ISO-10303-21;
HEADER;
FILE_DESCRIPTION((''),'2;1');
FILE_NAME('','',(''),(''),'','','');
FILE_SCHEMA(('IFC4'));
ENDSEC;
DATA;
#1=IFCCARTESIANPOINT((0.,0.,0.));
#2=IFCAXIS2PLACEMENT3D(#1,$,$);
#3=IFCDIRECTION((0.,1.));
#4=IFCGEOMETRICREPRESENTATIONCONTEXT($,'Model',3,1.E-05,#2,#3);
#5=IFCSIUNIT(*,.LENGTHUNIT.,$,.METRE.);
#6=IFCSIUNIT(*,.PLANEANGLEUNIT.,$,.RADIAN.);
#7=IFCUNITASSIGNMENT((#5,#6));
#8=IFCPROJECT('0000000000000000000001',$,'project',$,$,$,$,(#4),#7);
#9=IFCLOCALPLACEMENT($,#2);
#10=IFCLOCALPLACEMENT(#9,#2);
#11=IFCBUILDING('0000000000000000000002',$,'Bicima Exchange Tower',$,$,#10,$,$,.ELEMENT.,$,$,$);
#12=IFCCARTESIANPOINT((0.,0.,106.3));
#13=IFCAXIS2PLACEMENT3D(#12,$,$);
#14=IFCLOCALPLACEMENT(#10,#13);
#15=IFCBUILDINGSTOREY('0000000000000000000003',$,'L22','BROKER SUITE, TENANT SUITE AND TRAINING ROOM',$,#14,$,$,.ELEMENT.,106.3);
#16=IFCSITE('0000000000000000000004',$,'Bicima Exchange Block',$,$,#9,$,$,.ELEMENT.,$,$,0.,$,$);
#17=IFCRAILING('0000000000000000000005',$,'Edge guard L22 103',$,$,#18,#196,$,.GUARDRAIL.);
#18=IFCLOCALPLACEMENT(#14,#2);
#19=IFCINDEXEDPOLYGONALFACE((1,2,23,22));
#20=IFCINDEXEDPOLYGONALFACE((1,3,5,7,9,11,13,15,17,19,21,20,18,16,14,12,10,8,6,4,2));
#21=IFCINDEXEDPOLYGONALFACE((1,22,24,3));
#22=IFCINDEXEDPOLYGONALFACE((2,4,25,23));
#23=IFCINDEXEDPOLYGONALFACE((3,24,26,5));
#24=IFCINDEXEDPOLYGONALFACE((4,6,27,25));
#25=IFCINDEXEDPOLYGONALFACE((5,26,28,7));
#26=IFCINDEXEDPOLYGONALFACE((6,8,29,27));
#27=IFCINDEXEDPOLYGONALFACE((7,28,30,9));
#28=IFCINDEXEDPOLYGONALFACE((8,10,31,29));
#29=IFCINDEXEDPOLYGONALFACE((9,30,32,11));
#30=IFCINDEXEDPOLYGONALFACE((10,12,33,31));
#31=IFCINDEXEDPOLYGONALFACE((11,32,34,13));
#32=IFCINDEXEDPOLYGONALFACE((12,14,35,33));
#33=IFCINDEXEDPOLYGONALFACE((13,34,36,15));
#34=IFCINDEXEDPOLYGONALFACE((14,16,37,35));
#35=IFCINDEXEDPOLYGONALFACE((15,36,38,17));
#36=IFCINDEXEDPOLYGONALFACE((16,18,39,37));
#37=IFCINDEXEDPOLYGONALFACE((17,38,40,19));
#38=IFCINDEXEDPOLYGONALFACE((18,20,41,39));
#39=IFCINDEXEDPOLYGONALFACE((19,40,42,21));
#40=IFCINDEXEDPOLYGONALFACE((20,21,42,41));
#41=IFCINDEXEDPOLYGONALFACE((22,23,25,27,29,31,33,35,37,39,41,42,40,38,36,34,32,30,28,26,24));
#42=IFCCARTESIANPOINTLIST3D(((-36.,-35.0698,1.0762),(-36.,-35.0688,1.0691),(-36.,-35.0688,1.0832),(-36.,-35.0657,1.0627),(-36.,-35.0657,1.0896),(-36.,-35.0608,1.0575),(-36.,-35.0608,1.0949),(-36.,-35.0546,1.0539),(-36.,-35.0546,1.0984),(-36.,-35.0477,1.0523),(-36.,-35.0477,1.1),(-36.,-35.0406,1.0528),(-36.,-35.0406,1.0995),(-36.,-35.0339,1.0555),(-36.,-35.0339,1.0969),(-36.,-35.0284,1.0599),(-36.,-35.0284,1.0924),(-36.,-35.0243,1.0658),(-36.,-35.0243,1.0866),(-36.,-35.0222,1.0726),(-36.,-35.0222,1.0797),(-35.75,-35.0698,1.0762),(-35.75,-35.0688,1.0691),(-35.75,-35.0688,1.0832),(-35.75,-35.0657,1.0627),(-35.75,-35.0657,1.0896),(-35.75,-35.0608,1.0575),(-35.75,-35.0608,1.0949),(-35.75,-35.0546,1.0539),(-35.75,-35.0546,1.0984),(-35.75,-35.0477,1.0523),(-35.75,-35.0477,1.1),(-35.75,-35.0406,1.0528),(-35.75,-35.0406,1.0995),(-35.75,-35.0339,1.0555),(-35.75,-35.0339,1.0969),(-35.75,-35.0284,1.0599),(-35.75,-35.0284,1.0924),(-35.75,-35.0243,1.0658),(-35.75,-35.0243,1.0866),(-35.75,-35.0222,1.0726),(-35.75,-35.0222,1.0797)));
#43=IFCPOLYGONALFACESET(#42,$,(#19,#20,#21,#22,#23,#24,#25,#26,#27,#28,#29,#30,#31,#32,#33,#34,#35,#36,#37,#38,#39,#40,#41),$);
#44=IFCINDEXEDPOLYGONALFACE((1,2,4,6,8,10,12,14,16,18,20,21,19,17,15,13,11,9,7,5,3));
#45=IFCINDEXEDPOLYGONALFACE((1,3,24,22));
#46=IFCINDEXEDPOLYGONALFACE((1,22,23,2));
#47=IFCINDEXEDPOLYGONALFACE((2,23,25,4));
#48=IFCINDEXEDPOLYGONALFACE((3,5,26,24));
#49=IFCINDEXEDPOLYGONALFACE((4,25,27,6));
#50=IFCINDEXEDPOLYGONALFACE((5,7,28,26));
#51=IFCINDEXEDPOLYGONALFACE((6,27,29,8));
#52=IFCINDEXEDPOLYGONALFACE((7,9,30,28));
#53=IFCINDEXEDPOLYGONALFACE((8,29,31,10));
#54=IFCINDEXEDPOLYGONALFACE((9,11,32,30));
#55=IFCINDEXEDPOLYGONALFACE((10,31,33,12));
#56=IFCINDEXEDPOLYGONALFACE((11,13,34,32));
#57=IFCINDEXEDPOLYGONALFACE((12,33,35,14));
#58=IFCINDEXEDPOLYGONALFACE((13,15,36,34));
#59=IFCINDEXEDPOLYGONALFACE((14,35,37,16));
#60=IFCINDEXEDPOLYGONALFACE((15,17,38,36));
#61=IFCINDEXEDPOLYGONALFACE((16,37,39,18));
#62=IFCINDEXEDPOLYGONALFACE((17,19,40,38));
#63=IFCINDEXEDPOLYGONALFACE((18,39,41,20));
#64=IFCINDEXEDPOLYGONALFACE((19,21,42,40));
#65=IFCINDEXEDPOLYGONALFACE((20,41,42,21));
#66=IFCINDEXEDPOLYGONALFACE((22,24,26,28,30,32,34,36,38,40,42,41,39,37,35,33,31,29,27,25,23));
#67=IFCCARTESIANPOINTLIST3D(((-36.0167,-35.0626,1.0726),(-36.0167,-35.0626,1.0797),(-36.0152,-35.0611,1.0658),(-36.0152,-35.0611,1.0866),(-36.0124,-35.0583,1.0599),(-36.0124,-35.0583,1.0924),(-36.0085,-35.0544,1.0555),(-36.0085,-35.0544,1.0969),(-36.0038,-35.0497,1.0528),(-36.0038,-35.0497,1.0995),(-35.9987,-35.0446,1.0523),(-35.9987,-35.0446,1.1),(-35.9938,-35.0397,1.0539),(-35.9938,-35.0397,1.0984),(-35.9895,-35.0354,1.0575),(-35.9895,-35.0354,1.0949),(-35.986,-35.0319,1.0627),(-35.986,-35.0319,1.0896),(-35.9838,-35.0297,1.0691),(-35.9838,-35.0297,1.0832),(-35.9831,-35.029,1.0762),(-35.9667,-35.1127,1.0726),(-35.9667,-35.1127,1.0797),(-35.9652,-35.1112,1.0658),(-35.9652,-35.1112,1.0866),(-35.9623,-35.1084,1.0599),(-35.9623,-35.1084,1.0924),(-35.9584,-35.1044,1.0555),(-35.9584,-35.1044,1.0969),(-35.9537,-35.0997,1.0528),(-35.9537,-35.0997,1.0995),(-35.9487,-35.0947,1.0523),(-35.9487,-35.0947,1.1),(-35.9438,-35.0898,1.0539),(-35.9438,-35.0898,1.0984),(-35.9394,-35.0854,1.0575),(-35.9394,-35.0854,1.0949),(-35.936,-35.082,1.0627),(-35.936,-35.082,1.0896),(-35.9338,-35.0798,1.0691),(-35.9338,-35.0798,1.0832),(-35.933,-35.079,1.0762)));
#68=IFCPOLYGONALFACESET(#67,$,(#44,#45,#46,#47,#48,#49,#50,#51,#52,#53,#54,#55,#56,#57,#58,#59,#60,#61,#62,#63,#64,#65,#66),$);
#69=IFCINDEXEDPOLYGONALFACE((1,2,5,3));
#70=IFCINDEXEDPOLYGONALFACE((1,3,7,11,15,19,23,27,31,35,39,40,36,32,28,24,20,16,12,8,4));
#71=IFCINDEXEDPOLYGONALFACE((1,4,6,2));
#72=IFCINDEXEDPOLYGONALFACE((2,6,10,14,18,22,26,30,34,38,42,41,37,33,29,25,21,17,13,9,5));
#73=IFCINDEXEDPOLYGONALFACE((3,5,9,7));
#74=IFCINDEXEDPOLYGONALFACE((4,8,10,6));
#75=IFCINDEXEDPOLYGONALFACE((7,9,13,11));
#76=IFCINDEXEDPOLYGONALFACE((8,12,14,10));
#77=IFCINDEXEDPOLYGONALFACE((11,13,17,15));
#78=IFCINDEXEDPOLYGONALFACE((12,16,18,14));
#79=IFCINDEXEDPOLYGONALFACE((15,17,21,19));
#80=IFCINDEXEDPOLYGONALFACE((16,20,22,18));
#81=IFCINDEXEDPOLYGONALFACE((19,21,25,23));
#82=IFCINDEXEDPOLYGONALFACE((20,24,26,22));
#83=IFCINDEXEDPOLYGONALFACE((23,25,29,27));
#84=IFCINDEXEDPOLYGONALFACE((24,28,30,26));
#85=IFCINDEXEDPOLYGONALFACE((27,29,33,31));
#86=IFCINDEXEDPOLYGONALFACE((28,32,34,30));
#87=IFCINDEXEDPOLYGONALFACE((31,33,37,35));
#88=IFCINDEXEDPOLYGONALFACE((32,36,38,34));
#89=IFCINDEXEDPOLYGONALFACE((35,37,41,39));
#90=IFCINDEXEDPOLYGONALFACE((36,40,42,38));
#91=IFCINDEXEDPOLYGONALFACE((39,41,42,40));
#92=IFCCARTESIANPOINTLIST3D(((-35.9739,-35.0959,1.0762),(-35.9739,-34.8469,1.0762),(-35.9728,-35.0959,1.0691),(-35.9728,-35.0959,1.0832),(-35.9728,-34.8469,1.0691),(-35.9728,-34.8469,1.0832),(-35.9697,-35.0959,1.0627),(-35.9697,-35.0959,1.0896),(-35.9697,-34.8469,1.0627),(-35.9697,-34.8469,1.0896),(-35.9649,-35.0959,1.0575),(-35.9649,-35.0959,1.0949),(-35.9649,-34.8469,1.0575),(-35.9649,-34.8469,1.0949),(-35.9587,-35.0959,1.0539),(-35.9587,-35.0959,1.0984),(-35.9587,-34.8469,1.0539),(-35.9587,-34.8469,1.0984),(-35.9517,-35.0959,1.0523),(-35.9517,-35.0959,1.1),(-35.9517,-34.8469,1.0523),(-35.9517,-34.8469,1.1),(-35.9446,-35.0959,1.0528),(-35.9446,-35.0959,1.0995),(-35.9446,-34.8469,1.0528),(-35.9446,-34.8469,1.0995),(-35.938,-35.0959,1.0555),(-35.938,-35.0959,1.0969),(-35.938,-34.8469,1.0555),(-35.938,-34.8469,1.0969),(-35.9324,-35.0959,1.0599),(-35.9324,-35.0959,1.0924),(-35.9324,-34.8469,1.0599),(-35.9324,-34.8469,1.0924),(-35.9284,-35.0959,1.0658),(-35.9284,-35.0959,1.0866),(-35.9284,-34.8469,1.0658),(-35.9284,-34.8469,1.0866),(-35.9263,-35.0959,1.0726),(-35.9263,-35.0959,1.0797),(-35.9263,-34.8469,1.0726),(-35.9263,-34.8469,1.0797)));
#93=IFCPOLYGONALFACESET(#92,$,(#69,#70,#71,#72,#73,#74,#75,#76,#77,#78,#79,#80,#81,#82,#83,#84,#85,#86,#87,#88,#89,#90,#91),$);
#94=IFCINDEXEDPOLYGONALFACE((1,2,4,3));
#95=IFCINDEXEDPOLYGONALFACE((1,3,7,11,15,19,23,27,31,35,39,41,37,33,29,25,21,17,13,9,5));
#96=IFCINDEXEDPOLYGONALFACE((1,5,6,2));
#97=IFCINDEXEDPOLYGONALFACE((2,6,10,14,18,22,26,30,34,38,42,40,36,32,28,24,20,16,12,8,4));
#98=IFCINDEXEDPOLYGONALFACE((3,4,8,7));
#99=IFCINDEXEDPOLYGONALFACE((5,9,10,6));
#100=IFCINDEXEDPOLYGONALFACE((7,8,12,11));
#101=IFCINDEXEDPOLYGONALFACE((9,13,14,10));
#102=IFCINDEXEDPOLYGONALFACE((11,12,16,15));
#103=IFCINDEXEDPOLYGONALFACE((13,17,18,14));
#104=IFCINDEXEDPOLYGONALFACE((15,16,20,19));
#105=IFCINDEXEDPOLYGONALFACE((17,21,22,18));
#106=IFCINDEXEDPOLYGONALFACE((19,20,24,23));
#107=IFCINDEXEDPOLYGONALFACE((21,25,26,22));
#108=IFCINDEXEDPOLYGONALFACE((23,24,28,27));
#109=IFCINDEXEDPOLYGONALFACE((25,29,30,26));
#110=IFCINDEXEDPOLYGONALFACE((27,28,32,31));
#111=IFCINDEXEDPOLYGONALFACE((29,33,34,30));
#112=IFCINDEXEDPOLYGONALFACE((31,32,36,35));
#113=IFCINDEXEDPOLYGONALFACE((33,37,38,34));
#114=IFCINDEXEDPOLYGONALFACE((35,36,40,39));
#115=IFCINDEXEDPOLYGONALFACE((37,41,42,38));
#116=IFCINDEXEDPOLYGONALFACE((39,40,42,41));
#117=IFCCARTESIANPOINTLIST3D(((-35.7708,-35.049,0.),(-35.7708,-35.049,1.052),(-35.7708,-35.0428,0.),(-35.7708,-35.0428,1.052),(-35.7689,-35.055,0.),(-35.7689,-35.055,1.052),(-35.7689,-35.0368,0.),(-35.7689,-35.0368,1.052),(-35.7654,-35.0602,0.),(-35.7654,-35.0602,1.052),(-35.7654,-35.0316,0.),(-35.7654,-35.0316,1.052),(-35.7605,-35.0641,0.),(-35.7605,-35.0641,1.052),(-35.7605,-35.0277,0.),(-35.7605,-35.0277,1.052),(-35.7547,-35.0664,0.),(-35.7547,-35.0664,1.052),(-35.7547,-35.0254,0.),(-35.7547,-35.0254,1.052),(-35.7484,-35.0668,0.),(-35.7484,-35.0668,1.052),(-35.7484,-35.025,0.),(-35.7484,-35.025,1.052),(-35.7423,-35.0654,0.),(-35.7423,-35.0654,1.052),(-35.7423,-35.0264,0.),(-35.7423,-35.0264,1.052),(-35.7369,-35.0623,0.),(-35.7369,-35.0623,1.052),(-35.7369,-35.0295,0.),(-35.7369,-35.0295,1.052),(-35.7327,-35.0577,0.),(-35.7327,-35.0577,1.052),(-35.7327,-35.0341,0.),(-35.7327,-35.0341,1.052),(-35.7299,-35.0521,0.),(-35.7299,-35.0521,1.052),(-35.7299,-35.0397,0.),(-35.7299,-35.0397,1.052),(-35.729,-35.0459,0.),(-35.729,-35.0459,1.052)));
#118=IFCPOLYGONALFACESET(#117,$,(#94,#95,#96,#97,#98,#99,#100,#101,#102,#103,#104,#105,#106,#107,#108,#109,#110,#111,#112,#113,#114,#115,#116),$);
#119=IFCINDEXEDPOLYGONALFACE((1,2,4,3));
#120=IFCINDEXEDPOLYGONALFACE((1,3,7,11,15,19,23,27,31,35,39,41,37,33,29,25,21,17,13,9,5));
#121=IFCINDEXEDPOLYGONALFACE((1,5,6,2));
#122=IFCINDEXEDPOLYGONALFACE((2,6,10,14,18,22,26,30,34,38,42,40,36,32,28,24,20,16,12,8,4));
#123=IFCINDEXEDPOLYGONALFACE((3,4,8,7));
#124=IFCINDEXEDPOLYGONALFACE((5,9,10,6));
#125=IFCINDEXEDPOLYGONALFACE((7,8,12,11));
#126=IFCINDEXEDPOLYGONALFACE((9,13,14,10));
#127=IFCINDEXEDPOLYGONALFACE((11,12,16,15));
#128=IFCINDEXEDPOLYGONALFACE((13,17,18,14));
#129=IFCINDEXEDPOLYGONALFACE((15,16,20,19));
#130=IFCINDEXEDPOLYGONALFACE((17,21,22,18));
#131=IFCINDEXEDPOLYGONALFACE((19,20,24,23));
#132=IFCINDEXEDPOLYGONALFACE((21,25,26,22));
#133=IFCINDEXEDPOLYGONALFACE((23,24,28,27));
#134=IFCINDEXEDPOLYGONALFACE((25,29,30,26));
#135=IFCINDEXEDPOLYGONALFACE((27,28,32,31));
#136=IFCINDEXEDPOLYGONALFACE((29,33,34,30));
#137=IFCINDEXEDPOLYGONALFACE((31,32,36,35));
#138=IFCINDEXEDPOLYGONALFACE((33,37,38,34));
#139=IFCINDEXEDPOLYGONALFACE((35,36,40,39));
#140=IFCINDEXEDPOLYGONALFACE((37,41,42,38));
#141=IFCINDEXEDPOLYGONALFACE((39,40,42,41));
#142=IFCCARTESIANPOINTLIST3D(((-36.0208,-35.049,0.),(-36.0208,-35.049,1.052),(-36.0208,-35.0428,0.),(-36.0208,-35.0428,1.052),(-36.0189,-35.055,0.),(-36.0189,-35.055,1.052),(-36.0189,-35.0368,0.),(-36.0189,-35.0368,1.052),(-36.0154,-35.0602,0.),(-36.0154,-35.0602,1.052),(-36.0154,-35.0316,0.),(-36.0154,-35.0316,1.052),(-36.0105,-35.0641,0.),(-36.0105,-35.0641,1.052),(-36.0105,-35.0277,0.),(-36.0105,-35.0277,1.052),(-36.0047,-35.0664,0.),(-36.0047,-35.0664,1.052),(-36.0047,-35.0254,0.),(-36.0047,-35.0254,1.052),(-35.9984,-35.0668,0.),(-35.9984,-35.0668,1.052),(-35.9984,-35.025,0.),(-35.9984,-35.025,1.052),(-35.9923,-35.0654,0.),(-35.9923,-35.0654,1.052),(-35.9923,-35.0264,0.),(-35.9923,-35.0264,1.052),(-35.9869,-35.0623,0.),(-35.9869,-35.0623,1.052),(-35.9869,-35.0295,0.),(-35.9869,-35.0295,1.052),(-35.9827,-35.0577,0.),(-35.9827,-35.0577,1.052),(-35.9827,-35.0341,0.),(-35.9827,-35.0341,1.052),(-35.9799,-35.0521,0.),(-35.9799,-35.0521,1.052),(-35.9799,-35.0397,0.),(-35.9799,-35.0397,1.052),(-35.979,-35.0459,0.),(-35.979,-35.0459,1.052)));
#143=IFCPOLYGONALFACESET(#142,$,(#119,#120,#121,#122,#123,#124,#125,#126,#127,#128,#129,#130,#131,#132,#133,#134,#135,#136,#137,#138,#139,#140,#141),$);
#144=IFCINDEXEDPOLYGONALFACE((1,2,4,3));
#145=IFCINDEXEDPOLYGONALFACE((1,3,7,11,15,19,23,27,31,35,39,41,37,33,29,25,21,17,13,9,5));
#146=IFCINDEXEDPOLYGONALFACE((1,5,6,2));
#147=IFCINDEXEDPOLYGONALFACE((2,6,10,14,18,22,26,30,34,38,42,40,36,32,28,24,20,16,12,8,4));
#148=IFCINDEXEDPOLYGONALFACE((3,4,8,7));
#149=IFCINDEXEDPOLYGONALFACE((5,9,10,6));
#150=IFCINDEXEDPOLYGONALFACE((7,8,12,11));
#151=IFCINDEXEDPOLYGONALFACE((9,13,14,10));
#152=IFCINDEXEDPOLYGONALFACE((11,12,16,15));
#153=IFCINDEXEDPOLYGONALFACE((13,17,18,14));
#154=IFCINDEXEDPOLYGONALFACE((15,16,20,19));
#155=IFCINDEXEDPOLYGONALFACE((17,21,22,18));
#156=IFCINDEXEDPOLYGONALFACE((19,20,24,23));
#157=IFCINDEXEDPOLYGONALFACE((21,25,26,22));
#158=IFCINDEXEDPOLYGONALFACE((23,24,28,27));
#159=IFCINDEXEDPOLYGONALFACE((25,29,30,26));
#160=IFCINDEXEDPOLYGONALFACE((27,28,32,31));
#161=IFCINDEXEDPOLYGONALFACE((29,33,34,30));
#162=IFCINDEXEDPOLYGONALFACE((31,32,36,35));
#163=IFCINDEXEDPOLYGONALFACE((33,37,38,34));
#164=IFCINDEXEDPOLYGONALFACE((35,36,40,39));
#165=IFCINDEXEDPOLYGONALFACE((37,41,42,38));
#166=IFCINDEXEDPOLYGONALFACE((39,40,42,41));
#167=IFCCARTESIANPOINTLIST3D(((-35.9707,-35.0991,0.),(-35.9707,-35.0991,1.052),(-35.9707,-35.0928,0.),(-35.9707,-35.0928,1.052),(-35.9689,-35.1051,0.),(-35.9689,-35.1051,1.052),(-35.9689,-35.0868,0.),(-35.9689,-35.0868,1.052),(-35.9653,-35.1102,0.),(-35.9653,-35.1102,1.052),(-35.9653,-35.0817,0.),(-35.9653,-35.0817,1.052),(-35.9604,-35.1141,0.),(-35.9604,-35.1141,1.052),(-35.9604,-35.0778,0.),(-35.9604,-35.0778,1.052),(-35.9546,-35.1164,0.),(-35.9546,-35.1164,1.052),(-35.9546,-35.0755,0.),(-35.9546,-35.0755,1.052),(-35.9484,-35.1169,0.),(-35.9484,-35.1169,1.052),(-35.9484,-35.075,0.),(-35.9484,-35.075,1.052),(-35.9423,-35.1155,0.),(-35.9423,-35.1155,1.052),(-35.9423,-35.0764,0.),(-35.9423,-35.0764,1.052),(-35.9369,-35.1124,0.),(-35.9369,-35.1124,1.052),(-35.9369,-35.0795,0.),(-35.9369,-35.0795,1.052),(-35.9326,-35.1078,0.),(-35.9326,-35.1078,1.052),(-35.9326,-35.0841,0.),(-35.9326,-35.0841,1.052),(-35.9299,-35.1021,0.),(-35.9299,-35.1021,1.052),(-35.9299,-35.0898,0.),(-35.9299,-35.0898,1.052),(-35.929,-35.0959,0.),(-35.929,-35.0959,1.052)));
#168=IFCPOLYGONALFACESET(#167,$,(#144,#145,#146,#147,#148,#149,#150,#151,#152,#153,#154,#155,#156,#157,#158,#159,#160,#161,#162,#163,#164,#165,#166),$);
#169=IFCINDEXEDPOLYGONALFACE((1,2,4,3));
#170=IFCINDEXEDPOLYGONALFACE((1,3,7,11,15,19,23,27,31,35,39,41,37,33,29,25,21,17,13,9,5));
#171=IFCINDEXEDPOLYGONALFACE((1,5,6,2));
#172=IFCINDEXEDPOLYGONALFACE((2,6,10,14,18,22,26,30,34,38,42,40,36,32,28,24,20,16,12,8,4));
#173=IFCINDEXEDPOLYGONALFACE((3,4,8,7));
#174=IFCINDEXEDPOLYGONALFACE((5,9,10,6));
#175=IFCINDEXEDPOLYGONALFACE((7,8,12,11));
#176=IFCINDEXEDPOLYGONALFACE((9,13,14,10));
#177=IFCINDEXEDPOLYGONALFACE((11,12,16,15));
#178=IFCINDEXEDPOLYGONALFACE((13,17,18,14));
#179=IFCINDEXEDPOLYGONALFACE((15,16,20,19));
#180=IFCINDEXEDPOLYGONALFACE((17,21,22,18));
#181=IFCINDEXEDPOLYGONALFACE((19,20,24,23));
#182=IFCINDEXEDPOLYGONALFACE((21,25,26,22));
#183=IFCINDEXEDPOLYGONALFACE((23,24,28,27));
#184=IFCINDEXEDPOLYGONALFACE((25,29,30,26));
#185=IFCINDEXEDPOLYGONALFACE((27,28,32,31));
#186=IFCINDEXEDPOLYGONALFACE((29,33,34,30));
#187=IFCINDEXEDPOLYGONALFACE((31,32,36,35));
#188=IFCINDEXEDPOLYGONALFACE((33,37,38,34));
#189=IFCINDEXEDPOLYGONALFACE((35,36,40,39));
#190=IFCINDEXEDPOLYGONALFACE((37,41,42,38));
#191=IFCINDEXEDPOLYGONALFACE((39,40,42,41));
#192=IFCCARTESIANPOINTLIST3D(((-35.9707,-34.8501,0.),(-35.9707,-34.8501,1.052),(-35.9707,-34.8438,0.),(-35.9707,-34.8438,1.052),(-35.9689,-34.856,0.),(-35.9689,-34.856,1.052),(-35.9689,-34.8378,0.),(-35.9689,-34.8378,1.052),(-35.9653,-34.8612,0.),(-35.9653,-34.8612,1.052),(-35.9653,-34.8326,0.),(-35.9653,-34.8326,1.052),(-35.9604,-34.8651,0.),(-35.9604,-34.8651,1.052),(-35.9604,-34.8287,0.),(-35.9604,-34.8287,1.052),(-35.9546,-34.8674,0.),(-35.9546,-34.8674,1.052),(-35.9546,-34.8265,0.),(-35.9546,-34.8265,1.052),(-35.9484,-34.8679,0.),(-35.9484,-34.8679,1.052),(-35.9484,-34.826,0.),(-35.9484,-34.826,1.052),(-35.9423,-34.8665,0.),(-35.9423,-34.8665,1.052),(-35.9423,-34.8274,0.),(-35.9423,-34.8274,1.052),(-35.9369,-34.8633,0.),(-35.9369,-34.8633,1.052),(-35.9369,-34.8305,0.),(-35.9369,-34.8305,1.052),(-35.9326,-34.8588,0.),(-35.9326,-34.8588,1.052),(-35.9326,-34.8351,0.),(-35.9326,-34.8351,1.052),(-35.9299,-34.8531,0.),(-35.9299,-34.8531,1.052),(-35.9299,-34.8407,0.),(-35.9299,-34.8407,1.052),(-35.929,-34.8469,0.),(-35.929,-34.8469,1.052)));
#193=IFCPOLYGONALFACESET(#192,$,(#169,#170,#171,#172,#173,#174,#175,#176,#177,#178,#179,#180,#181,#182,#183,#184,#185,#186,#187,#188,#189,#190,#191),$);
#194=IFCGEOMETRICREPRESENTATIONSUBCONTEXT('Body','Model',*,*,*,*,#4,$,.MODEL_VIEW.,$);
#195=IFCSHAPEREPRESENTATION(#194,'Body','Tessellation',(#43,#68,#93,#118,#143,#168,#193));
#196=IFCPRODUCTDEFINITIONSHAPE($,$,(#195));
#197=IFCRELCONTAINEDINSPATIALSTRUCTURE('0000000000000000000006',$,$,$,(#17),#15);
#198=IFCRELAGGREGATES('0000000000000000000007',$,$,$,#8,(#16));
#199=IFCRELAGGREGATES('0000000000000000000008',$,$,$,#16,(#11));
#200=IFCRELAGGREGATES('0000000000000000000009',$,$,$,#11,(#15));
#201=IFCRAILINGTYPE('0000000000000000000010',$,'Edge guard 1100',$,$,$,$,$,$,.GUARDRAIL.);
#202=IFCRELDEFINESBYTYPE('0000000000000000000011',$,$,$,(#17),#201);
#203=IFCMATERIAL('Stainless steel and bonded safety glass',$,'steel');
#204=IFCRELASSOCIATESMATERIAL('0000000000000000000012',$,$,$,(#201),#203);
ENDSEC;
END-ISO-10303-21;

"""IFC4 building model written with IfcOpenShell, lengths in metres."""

from ifc_helpers import new_model, si_unit, direction, frame, origin, origin_2d, place, context, subcontext, project, spatial, circle, extrude, material, type_object, element, save


model = new_model("IFC4")

# Units and contexts
model_context = context("Model", 3, precision=1e-05, world=origin(), true_north=direction((0.0, 1.0)))
body_context = subcontext(model_context, "Body", "Model", "MODEL_VIEW")
ifc_project = project(units=[si_unit("LENGTHUNIT", "METRE"), si_unit("PLANEANGLEUNIT", "RADIAN")], contexts=[model_context])

# Site, building, storey
site_placement = place(None, origin())
site = spatial("IfcSite", under=ifc_project, at=site_placement, Name="Bicima Exchange Block", CompositionType="ELEMENT", RefElevation=0.0)
building_placement = place(site_placement, origin())
building = spatial("IfcBuilding", under=site, at=building_placement, Name="Bicima Exchange Tower", CompositionType="ELEMENT")
storey_placement = place(building_placement, frame((0.0, 0.0, 106.3)))
storey = spatial("IfcBuildingStorey", under=building, at=storey_placement, Name="L22", Description="BROKER SUITE, TENANT SUITE AND TRAINING ROOM", CompositionType="ELEMENT", Elevation=106.3)

# Railing
ifc_material_1 = material(Name="Stainless steel and bonded safety glass", Category="steel")
railing_type = type_object("IfcRailingType", Name="Edge guard 1100", PredefinedType="GUARDRAIL", material=ifc_material_1)
railing_1_placement = place(storey_placement, frame((-35.75, -35.0459, 0.0)))
element("IfcRailing", 1, at=railing_1_placement, inside=storey, type_object=railing_type, Name="Edge guard L22 103", PredefinedType="GUARDRAIL", context=body_context, shape_type="SweptSolid", body=[
    extrude(circle(Radius=0.0239, at=origin_2d()), frame((0.0, 0.0, 1.0762), z_axis=(-1.0, 0.0, 0.0), x_axis=(0.0, -1.0, 0.0)), (0.0, 0.0, 1.0), 0.25),
    extrude(circle(Radius=0.0239, at=origin_2d()), frame((-0.25, 0.0, 1.0762), z_axis=(0.707107, -0.707107, 0.0), x_axis=(0.707107, 0.707107, 0.0)), (0.0, 0.0, 1.0), 0.0708),
    extrude(circle(Radius=0.0239, at=origin_2d()), frame((-0.2, -0.05, 1.0762), z_axis=(0.0, 1.0, 0.0), x_axis=(-1.0, 0.0, 0.0)), (0.0, 0.0, 1.0), 0.249),
    extrude(circle(Radius=0.021, at=origin_2d()), origin(), (0.0, 0.0, 1.0), 1.052),
    extrude(circle(Radius=0.021, at=origin_2d()), frame((-0.25, 0.0, 0.0)), (0.0, 0.0, 1.0), 1.052),
    extrude(circle(Radius=0.021, at=origin_2d()), frame((-0.2, -0.05, 0.0)), (0.0, 0.0, 1.0), 1.052),
    extrude(circle(Radius=0.021, at=origin_2d()), frame((-0.2, 0.199, 0.0)), (0.0, 0.0, 1.0), 1.052),
])

save(model, "model.ifc")
